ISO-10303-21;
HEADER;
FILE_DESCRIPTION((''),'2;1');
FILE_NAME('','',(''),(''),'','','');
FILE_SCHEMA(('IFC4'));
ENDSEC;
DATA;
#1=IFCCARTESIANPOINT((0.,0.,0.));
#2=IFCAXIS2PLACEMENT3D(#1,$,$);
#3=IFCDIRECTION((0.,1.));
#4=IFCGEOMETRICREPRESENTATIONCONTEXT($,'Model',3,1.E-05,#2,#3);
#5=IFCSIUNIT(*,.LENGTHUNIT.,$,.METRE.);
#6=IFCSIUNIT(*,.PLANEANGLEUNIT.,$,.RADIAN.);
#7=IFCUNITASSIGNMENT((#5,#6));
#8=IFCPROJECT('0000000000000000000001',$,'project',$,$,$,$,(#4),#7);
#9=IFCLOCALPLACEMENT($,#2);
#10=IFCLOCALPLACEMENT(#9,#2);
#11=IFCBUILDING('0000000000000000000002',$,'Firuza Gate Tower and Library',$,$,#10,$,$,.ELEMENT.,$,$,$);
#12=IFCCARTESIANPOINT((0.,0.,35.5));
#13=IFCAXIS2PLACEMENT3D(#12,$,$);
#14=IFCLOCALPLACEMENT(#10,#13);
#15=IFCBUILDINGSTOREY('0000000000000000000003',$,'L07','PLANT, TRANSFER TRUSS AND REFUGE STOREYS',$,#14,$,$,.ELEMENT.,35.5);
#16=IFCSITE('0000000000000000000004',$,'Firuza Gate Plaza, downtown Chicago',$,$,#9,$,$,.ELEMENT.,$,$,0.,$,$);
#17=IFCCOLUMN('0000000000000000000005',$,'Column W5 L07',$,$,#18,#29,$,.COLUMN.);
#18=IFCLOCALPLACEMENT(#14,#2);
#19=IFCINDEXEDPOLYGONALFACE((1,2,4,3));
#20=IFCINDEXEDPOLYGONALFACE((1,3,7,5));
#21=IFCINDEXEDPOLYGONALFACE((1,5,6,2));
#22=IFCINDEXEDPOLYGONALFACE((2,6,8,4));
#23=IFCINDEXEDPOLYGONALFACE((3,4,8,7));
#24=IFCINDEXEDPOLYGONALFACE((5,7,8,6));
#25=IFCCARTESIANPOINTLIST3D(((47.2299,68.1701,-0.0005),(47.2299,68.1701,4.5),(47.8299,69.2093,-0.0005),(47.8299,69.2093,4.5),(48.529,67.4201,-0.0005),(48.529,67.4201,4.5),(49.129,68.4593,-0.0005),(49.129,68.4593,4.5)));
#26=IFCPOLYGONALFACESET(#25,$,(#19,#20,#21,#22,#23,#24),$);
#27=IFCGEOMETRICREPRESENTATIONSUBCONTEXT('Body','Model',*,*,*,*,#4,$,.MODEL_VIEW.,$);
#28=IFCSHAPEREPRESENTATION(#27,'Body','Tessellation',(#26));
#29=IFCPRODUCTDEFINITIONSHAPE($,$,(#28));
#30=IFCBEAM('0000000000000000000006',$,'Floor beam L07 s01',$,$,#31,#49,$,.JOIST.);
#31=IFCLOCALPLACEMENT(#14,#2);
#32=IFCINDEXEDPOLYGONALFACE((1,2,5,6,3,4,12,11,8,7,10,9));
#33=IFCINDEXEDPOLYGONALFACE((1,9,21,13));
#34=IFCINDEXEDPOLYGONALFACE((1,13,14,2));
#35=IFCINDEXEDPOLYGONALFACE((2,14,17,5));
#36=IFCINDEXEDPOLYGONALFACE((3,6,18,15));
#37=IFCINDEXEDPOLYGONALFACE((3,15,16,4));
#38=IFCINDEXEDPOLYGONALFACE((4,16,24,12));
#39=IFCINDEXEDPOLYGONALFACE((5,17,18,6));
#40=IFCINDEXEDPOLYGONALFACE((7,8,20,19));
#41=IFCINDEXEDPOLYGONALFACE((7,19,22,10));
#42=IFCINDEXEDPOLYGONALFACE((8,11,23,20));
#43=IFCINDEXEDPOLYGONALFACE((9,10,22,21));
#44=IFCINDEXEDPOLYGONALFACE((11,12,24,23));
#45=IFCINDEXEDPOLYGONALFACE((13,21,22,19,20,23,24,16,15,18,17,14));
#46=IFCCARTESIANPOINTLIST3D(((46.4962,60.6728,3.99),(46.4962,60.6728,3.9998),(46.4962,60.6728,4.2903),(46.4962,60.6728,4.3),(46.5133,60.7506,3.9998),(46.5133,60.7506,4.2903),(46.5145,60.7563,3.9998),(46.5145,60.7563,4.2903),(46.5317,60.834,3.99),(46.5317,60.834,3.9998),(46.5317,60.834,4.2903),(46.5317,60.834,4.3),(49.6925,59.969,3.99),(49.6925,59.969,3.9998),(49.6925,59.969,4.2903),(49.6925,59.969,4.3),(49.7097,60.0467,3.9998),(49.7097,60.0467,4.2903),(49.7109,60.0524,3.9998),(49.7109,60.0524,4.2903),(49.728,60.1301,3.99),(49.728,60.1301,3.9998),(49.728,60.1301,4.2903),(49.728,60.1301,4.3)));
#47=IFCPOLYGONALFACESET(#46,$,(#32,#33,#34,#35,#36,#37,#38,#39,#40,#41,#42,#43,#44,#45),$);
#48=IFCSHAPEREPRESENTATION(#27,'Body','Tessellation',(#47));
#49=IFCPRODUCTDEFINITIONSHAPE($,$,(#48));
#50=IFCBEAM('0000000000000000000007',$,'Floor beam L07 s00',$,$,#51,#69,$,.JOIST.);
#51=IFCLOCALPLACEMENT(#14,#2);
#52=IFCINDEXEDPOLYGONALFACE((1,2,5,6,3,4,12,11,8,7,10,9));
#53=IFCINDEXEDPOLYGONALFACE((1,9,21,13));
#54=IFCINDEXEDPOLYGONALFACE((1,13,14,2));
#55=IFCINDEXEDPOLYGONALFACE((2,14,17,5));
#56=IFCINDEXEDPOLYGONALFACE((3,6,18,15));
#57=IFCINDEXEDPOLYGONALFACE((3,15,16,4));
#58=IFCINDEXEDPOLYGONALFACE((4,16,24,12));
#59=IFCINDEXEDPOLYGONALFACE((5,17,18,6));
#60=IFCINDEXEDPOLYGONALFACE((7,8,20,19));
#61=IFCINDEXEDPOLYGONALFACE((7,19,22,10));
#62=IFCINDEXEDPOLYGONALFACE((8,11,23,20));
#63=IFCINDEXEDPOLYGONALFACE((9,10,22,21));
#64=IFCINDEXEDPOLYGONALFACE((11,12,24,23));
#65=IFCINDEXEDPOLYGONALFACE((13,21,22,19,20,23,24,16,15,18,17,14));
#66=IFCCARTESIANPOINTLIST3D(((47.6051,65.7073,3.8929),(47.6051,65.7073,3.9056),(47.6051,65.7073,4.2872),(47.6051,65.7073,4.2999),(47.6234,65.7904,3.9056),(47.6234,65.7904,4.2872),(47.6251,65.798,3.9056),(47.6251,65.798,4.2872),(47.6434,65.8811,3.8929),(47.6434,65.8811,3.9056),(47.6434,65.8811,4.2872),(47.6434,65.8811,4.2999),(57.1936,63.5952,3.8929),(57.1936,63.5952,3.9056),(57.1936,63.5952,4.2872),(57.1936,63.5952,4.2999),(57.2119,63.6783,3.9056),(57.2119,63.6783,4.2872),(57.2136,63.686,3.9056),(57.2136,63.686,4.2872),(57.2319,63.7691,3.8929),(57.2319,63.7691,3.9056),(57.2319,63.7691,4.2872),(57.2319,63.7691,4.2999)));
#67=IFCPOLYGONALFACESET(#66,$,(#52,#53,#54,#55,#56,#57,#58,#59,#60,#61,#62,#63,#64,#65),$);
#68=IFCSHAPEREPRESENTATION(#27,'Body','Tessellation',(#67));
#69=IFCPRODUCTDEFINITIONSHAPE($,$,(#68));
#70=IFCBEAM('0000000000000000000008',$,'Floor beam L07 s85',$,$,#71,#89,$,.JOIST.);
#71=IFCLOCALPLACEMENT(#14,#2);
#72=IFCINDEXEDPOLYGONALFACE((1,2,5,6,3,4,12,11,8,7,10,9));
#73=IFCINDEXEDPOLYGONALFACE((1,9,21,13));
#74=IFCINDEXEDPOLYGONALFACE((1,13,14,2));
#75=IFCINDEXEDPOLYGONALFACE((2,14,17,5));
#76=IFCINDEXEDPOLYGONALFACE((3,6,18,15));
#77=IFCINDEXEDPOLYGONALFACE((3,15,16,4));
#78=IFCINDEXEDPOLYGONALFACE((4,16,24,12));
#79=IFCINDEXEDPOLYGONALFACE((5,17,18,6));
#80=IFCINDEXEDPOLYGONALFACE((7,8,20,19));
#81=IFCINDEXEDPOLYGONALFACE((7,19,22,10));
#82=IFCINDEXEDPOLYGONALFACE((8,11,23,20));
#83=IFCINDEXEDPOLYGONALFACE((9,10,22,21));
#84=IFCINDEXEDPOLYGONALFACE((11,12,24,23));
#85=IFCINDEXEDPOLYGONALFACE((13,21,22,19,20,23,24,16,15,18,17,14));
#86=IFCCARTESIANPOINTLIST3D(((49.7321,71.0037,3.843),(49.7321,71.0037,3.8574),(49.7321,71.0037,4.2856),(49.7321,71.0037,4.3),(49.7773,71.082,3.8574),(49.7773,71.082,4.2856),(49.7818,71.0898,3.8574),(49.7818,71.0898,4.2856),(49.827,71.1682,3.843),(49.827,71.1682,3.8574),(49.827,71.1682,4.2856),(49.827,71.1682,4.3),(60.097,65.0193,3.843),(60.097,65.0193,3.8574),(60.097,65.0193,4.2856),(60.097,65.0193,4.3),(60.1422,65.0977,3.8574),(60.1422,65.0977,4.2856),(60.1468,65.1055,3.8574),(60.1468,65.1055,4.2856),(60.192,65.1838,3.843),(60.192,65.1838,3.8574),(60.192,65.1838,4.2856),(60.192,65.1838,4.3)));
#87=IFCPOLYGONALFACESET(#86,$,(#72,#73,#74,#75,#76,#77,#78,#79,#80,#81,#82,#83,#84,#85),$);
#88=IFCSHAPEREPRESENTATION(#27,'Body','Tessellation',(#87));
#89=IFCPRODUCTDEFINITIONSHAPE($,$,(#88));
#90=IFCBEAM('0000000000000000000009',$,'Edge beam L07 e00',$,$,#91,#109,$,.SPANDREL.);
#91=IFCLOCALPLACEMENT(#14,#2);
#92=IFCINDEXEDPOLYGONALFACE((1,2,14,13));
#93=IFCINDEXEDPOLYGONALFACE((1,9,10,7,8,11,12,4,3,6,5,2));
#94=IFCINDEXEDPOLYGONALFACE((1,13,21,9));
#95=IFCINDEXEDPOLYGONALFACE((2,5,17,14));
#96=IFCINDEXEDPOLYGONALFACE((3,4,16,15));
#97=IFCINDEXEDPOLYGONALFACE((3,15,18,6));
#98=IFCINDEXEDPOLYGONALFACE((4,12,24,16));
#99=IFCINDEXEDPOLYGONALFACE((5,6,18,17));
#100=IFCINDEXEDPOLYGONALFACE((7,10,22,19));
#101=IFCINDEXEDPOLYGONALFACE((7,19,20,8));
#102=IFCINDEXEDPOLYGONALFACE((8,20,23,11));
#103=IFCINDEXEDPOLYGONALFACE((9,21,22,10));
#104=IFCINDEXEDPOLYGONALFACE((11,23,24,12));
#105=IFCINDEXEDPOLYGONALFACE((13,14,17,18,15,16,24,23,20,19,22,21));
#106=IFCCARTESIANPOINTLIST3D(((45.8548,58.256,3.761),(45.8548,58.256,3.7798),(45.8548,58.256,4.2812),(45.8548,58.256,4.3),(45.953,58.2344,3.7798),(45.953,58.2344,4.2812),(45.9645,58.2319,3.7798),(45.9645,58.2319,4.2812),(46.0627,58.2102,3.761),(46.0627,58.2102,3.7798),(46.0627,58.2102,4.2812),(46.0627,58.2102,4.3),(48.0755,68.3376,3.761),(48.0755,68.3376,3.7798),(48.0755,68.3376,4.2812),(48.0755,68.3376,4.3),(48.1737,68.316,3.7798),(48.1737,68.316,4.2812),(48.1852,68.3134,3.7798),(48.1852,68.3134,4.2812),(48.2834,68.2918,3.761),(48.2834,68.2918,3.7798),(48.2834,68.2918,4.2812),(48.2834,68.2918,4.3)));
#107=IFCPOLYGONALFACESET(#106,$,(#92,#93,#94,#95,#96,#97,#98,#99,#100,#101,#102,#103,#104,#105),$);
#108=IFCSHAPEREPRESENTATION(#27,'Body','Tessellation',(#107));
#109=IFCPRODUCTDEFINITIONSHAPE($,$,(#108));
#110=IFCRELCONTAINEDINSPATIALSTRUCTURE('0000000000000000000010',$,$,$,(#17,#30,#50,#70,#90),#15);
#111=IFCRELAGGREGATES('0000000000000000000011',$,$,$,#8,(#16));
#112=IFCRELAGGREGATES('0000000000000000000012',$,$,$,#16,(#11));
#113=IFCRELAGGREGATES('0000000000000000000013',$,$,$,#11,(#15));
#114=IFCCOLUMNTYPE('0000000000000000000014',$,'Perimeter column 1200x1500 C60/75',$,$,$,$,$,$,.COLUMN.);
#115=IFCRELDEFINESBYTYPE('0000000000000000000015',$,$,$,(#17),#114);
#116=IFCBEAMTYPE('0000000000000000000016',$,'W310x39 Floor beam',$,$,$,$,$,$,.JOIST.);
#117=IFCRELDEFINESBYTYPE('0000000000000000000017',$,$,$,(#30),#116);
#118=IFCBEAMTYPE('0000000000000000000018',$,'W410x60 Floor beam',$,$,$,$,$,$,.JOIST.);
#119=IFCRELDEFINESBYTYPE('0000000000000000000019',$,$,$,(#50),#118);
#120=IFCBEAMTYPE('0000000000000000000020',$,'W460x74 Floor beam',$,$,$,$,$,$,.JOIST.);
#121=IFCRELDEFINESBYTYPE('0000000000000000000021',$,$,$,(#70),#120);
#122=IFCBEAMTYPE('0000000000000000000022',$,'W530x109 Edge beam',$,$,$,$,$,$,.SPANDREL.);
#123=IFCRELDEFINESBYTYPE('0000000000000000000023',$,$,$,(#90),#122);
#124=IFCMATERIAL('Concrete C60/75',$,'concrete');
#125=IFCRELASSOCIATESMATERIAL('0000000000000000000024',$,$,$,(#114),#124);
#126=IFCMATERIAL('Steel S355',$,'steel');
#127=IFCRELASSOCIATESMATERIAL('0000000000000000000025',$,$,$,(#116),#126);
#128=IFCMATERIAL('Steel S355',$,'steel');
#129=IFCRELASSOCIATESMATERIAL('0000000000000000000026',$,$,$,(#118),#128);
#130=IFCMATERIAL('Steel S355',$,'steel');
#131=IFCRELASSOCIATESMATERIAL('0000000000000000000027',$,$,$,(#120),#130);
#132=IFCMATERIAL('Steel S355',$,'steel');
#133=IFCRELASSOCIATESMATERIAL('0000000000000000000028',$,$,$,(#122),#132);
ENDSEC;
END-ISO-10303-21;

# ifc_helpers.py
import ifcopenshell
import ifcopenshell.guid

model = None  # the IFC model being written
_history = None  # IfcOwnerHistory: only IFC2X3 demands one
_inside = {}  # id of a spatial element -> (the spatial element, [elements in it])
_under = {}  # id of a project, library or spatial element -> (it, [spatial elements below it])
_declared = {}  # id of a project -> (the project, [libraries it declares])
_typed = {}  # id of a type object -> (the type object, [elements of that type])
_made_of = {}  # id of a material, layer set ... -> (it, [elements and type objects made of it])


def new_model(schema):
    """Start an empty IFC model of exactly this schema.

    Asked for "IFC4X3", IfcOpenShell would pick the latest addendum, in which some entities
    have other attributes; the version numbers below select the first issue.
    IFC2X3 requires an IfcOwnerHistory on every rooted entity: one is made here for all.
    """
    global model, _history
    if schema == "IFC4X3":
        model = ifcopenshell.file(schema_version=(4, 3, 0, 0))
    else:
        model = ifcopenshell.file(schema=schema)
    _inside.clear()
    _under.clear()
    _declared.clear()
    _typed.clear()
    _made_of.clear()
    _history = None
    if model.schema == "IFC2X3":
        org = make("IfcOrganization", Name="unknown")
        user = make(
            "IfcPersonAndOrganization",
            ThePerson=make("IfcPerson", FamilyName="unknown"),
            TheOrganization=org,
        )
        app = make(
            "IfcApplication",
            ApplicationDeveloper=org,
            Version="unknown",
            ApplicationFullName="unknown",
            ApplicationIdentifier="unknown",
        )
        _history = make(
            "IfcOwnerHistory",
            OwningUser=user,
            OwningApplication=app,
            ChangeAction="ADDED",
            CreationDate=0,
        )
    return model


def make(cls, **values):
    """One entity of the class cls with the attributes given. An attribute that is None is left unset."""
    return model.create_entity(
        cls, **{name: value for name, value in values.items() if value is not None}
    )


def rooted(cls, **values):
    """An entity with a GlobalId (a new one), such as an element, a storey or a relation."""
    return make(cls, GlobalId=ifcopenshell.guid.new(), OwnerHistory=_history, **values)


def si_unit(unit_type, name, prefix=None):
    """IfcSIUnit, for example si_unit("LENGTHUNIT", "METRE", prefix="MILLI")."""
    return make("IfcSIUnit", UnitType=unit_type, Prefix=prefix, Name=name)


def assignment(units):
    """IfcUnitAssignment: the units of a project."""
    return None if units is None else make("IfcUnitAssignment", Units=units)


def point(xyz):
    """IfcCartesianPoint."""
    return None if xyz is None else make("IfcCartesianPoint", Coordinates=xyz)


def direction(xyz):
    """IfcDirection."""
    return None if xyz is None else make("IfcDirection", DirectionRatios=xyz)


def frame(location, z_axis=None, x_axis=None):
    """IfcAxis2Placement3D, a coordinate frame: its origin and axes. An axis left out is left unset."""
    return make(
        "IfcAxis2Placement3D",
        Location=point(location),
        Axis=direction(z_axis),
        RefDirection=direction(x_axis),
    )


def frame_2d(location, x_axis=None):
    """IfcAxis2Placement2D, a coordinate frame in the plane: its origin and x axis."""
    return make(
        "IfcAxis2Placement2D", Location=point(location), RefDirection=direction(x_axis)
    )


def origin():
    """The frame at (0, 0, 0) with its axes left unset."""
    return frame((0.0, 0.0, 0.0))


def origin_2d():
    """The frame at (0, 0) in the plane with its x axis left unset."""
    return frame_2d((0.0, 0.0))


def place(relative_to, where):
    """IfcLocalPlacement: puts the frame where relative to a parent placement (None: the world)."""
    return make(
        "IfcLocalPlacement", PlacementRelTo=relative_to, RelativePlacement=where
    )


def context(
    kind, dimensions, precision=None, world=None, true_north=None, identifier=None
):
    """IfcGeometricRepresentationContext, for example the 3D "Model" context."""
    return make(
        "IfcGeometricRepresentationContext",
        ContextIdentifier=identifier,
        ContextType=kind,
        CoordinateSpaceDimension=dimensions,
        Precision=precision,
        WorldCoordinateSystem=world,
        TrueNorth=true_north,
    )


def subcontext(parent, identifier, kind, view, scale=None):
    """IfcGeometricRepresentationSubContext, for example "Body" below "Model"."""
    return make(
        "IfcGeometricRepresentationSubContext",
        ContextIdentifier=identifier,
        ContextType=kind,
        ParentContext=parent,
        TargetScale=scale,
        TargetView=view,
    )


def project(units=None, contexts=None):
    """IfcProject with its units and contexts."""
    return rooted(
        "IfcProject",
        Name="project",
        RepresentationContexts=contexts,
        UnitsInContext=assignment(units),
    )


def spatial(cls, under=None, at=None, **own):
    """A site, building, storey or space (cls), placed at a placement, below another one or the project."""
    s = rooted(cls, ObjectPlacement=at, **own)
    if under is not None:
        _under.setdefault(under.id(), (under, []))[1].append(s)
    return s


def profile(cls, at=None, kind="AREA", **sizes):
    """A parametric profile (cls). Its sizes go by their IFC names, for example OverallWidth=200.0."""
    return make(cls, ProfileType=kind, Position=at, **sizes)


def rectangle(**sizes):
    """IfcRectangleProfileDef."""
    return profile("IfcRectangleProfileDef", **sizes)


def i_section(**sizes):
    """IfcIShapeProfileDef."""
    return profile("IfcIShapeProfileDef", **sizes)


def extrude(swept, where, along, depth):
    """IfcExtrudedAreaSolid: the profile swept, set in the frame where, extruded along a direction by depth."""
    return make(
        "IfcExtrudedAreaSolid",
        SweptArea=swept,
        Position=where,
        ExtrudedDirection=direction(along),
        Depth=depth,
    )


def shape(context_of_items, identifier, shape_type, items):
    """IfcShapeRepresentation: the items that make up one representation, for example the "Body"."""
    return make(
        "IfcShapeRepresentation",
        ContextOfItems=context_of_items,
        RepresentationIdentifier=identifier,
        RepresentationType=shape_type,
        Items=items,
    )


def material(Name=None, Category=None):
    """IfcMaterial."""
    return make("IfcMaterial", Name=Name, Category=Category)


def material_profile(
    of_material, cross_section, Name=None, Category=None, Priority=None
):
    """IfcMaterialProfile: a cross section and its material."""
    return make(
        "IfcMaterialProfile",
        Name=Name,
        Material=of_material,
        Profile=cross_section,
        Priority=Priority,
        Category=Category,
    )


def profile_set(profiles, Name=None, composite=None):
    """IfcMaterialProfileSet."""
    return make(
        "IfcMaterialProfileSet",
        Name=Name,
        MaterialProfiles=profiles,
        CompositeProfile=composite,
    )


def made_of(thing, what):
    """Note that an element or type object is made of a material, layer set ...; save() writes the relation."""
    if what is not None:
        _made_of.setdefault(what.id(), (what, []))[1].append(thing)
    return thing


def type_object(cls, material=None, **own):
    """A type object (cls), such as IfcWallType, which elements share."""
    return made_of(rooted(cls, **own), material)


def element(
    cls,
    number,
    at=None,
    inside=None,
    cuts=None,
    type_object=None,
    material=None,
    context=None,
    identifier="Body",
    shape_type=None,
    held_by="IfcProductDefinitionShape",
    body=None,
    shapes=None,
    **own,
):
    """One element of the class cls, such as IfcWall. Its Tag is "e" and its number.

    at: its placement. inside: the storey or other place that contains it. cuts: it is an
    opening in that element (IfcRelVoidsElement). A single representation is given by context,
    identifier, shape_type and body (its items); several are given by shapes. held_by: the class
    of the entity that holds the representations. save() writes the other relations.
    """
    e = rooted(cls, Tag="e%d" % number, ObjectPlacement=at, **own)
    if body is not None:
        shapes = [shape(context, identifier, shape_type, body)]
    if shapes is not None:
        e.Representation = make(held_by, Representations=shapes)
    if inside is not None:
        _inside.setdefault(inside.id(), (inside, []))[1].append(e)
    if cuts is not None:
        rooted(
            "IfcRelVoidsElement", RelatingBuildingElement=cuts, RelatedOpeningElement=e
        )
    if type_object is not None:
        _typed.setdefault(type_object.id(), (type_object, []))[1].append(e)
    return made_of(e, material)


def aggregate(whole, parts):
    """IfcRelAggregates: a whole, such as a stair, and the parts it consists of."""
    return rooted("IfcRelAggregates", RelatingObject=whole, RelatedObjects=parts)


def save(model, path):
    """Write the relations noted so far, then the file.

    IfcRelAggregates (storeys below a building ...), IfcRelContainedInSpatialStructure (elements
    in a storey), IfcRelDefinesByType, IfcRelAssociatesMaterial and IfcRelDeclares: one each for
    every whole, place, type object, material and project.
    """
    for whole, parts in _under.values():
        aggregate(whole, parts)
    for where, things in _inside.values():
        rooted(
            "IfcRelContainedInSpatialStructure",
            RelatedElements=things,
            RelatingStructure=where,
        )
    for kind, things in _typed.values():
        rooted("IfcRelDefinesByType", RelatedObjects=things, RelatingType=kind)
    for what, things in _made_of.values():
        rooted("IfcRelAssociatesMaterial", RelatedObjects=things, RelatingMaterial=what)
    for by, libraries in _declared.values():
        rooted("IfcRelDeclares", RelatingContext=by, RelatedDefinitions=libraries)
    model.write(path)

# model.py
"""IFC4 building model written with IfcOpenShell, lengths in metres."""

from ifc_helpers import new_model, si_unit, direction, frame, origin, origin_2d, place, context, subcontext, project, spatial, rectangle, i_section, extrude, material, material_profile, profile_set, type_object, element, save


model = new_model("IFC4")

# Units and contexts
model_context = context("Model", 3, precision=1e-05, world=origin(), true_north=direction((0.0, 1.0)))
body_context = subcontext(model_context, "Body", "Model", "MODEL_VIEW")
ifc_project = project(units=[si_unit("LENGTHUNIT", "METRE"), si_unit("PLANEANGLEUNIT", "RADIAN")], contexts=[model_context])

# Site, building, storey
site_placement = place(None, origin())
site = spatial("IfcSite", under=ifc_project, at=site_placement, Name="Firuza Gate Plaza, downtown Chicago", CompositionType="ELEMENT", RefElevation=0.0)
building_placement = place(site_placement, origin())
building = spatial("IfcBuilding", under=site, at=building_placement, Name="Firuza Gate Tower and Library", CompositionType="ELEMENT")
storey_placement = place(building_placement, frame((0.0, 0.0, 35.5)))
storey = spatial("IfcBuildingStorey", under=building, at=storey_placement, Name="L07", Description="PLANT, TRANSFER TRUSS AND REFUGE STOREYS", CompositionType="ELEMENT", Elevation=35.5)

# Column
ifc_material_1 = material(Name="Concrete C60/75", Category="concrete")
ifc_material_profile_1 = material_profile(ifc_material_1, rectangle(XDim=1.2, YDim=1.5, at=origin_2d()))
ifc_profile_set_1 = profile_set([ifc_material_profile_1], Name="Concrete C60/75")
column_type = type_object("IfcColumnType", Name="Perimeter column 1200x1500 C60/75", PredefinedType="COLUMN", material=ifc_profile_set_1)
column_placement = place(storey_placement, frame((48.1794, 68.3147, -0.0005), z_axis=(0.0, 0.0, 1.0), x_axis=(-0.5, -0.866025, 0.0)))
element("IfcColumn", 1, at=column_placement, inside=storey, type_object=column_type, Name="Column W5 L07", PredefinedType="COLUMN", context=body_context, shape_type="SweptSolid", body=[
    extrude(rectangle(XDim=1.2, YDim=1.5, at=origin_2d()), origin(), (0.0, 0.0, 1.0), 4.5005),
])

# Beams
ifc_material_2 = material(Name="Steel S355", Category="steel")
ifc_material_profile_2 = material_profile(ifc_material_2, i_section(OverallWidth=0.165, OverallDepth=0.3101, WebThickness=0.0059, FlangeThickness=0.0098, at=origin_2d()))
ifc_profile_set_2 = profile_set([ifc_material_profile_2], Name="Steel S355")
beam_type_1 = type_object("IfcBeamType", Name="W310x39 Floor beam", PredefinedType="JOIST", material=ifc_profile_set_2)
beam_1_placement = place(storey_placement, frame((46.5139, 60.7534, 4.145), z_axis=(0.976601, -0.215058, 0.0), x_axis=(0.215058, 0.976601, 0.0)))
element("IfcBeam", 2, at=beam_1_placement, inside=storey, type_object=beam_type_1, Name="Floor beam L07 s01", PredefinedType="JOIST", context=body_context, shape_type="SweptSolid", body=[
    extrude(i_section(OverallWidth=0.165, OverallDepth=0.3101, WebThickness=0.0059, FlangeThickness=0.0098, at=origin_2d()), origin(), (0.0, 0.0, 1.0), 3.2729),
])
ifc_material_3 = material(Name="Steel S355", Category="steel")
ifc_material_profile_3 = material_profile(ifc_material_3, i_section(OverallWidth=0.178, OverallDepth=0.407, WebThickness=0.0078, FlangeThickness=0.0127, at=origin_2d()))
ifc_profile_set_3 = profile_set([ifc_material_profile_3], Name="Steel S355")
beam_type_2 = type_object("IfcBeamType", Name="W410x60 Floor beam", PredefinedType="JOIST", material=ifc_profile_set_3)
beam_2_placement = place(storey_placement, frame((47.6243, 65.7942, 4.0964), z_axis=(0.97659, -0.215111, 0.0), x_axis=(0.215111, 0.97659, 0.0)))
element("IfcBeam", 3, at=beam_2_placement, inside=storey, type_object=beam_type_2, Name="Floor beam L07 s00", PredefinedType="JOIST", context=body_context, shape_type="SweptSolid", body=[
    extrude(i_section(OverallWidth=0.178, OverallDepth=0.407, WebThickness=0.0078, FlangeThickness=0.0127, at=origin_2d()), origin(), (0.0, 0.0, 1.0), 9.8184),
])
ifc_material_4 = material(Name="Steel S355", Category="steel")
ifc_material_profile_4 = material_profile(ifc_material_4, i_section(OverallWidth=0.1899, OverallDepth=0.457, WebThickness=0.009, FlangeThickness=0.0144, at=origin_2d()))
ifc_profile_set_4 = profile_set([ifc_material_profile_4], Name="Steel S355")
beam_type_3 = type_object("IfcBeamType", Name="W460x74 Floor beam", PredefinedType="JOIST", material=ifc_profile_set_4)
beam_3_placement = place(storey_placement, frame((49.7795, 71.0859, 4.0715), z_axis=(0.86602, -0.500009, 0.0), x_axis=(0.500009, 0.86602, 0.0)))
element("IfcBeam", 4, at=beam_3_placement, inside=storey, type_object=beam_type_3, Name="Floor beam L07 s85", PredefinedType="JOIST", context=body_context, shape_type="SweptSolid", body=[
    extrude(i_section(OverallWidth=0.1899, OverallDepth=0.457, WebThickness=0.009, FlangeThickness=0.0144, at=origin_2d()), origin(), (0.0, 0.0, 1.0), 11.9685),
])
ifc_material_5 = material(Name="Steel S355", Category="steel")
ifc_material_profile_5 = material_profile(ifc_material_5, i_section(OverallWidth=0.2129, OverallDepth=0.5391, WebThickness=0.0117, FlangeThickness=0.0188, at=origin_2d()))
ifc_profile_set_5 = profile_set([ifc_material_profile_5], Name="Steel S355")
beam_type_4 = type_object("IfcBeamType", Name="W530x109 Edge beam", PredefinedType="SPANDREL", material=ifc_profile_set_5)
beam_4_placement = place(storey_placement, frame((48.1794, 68.3147, 4.0305), z_axis=(-0.215117, -0.976588, 0.0), x_axis=(0.976588, -0.215117, 0.0)))
element("IfcBeam", 5, at=beam_4_placement, inside=storey, type_object=beam_type_4, Name="Edge beam L07 e00", PredefinedType="SPANDREL", context=body_context, shape_type="SweptSolid", body=[
    extrude(i_section(OverallWidth=0.2129, OverallDepth=0.5391, WebThickness=0.0117, FlangeThickness=0.0188, at=origin_2d()), origin(), (0.0, 0.0, 1.0), 10.3232),
])

save(model, "model.ifc")
